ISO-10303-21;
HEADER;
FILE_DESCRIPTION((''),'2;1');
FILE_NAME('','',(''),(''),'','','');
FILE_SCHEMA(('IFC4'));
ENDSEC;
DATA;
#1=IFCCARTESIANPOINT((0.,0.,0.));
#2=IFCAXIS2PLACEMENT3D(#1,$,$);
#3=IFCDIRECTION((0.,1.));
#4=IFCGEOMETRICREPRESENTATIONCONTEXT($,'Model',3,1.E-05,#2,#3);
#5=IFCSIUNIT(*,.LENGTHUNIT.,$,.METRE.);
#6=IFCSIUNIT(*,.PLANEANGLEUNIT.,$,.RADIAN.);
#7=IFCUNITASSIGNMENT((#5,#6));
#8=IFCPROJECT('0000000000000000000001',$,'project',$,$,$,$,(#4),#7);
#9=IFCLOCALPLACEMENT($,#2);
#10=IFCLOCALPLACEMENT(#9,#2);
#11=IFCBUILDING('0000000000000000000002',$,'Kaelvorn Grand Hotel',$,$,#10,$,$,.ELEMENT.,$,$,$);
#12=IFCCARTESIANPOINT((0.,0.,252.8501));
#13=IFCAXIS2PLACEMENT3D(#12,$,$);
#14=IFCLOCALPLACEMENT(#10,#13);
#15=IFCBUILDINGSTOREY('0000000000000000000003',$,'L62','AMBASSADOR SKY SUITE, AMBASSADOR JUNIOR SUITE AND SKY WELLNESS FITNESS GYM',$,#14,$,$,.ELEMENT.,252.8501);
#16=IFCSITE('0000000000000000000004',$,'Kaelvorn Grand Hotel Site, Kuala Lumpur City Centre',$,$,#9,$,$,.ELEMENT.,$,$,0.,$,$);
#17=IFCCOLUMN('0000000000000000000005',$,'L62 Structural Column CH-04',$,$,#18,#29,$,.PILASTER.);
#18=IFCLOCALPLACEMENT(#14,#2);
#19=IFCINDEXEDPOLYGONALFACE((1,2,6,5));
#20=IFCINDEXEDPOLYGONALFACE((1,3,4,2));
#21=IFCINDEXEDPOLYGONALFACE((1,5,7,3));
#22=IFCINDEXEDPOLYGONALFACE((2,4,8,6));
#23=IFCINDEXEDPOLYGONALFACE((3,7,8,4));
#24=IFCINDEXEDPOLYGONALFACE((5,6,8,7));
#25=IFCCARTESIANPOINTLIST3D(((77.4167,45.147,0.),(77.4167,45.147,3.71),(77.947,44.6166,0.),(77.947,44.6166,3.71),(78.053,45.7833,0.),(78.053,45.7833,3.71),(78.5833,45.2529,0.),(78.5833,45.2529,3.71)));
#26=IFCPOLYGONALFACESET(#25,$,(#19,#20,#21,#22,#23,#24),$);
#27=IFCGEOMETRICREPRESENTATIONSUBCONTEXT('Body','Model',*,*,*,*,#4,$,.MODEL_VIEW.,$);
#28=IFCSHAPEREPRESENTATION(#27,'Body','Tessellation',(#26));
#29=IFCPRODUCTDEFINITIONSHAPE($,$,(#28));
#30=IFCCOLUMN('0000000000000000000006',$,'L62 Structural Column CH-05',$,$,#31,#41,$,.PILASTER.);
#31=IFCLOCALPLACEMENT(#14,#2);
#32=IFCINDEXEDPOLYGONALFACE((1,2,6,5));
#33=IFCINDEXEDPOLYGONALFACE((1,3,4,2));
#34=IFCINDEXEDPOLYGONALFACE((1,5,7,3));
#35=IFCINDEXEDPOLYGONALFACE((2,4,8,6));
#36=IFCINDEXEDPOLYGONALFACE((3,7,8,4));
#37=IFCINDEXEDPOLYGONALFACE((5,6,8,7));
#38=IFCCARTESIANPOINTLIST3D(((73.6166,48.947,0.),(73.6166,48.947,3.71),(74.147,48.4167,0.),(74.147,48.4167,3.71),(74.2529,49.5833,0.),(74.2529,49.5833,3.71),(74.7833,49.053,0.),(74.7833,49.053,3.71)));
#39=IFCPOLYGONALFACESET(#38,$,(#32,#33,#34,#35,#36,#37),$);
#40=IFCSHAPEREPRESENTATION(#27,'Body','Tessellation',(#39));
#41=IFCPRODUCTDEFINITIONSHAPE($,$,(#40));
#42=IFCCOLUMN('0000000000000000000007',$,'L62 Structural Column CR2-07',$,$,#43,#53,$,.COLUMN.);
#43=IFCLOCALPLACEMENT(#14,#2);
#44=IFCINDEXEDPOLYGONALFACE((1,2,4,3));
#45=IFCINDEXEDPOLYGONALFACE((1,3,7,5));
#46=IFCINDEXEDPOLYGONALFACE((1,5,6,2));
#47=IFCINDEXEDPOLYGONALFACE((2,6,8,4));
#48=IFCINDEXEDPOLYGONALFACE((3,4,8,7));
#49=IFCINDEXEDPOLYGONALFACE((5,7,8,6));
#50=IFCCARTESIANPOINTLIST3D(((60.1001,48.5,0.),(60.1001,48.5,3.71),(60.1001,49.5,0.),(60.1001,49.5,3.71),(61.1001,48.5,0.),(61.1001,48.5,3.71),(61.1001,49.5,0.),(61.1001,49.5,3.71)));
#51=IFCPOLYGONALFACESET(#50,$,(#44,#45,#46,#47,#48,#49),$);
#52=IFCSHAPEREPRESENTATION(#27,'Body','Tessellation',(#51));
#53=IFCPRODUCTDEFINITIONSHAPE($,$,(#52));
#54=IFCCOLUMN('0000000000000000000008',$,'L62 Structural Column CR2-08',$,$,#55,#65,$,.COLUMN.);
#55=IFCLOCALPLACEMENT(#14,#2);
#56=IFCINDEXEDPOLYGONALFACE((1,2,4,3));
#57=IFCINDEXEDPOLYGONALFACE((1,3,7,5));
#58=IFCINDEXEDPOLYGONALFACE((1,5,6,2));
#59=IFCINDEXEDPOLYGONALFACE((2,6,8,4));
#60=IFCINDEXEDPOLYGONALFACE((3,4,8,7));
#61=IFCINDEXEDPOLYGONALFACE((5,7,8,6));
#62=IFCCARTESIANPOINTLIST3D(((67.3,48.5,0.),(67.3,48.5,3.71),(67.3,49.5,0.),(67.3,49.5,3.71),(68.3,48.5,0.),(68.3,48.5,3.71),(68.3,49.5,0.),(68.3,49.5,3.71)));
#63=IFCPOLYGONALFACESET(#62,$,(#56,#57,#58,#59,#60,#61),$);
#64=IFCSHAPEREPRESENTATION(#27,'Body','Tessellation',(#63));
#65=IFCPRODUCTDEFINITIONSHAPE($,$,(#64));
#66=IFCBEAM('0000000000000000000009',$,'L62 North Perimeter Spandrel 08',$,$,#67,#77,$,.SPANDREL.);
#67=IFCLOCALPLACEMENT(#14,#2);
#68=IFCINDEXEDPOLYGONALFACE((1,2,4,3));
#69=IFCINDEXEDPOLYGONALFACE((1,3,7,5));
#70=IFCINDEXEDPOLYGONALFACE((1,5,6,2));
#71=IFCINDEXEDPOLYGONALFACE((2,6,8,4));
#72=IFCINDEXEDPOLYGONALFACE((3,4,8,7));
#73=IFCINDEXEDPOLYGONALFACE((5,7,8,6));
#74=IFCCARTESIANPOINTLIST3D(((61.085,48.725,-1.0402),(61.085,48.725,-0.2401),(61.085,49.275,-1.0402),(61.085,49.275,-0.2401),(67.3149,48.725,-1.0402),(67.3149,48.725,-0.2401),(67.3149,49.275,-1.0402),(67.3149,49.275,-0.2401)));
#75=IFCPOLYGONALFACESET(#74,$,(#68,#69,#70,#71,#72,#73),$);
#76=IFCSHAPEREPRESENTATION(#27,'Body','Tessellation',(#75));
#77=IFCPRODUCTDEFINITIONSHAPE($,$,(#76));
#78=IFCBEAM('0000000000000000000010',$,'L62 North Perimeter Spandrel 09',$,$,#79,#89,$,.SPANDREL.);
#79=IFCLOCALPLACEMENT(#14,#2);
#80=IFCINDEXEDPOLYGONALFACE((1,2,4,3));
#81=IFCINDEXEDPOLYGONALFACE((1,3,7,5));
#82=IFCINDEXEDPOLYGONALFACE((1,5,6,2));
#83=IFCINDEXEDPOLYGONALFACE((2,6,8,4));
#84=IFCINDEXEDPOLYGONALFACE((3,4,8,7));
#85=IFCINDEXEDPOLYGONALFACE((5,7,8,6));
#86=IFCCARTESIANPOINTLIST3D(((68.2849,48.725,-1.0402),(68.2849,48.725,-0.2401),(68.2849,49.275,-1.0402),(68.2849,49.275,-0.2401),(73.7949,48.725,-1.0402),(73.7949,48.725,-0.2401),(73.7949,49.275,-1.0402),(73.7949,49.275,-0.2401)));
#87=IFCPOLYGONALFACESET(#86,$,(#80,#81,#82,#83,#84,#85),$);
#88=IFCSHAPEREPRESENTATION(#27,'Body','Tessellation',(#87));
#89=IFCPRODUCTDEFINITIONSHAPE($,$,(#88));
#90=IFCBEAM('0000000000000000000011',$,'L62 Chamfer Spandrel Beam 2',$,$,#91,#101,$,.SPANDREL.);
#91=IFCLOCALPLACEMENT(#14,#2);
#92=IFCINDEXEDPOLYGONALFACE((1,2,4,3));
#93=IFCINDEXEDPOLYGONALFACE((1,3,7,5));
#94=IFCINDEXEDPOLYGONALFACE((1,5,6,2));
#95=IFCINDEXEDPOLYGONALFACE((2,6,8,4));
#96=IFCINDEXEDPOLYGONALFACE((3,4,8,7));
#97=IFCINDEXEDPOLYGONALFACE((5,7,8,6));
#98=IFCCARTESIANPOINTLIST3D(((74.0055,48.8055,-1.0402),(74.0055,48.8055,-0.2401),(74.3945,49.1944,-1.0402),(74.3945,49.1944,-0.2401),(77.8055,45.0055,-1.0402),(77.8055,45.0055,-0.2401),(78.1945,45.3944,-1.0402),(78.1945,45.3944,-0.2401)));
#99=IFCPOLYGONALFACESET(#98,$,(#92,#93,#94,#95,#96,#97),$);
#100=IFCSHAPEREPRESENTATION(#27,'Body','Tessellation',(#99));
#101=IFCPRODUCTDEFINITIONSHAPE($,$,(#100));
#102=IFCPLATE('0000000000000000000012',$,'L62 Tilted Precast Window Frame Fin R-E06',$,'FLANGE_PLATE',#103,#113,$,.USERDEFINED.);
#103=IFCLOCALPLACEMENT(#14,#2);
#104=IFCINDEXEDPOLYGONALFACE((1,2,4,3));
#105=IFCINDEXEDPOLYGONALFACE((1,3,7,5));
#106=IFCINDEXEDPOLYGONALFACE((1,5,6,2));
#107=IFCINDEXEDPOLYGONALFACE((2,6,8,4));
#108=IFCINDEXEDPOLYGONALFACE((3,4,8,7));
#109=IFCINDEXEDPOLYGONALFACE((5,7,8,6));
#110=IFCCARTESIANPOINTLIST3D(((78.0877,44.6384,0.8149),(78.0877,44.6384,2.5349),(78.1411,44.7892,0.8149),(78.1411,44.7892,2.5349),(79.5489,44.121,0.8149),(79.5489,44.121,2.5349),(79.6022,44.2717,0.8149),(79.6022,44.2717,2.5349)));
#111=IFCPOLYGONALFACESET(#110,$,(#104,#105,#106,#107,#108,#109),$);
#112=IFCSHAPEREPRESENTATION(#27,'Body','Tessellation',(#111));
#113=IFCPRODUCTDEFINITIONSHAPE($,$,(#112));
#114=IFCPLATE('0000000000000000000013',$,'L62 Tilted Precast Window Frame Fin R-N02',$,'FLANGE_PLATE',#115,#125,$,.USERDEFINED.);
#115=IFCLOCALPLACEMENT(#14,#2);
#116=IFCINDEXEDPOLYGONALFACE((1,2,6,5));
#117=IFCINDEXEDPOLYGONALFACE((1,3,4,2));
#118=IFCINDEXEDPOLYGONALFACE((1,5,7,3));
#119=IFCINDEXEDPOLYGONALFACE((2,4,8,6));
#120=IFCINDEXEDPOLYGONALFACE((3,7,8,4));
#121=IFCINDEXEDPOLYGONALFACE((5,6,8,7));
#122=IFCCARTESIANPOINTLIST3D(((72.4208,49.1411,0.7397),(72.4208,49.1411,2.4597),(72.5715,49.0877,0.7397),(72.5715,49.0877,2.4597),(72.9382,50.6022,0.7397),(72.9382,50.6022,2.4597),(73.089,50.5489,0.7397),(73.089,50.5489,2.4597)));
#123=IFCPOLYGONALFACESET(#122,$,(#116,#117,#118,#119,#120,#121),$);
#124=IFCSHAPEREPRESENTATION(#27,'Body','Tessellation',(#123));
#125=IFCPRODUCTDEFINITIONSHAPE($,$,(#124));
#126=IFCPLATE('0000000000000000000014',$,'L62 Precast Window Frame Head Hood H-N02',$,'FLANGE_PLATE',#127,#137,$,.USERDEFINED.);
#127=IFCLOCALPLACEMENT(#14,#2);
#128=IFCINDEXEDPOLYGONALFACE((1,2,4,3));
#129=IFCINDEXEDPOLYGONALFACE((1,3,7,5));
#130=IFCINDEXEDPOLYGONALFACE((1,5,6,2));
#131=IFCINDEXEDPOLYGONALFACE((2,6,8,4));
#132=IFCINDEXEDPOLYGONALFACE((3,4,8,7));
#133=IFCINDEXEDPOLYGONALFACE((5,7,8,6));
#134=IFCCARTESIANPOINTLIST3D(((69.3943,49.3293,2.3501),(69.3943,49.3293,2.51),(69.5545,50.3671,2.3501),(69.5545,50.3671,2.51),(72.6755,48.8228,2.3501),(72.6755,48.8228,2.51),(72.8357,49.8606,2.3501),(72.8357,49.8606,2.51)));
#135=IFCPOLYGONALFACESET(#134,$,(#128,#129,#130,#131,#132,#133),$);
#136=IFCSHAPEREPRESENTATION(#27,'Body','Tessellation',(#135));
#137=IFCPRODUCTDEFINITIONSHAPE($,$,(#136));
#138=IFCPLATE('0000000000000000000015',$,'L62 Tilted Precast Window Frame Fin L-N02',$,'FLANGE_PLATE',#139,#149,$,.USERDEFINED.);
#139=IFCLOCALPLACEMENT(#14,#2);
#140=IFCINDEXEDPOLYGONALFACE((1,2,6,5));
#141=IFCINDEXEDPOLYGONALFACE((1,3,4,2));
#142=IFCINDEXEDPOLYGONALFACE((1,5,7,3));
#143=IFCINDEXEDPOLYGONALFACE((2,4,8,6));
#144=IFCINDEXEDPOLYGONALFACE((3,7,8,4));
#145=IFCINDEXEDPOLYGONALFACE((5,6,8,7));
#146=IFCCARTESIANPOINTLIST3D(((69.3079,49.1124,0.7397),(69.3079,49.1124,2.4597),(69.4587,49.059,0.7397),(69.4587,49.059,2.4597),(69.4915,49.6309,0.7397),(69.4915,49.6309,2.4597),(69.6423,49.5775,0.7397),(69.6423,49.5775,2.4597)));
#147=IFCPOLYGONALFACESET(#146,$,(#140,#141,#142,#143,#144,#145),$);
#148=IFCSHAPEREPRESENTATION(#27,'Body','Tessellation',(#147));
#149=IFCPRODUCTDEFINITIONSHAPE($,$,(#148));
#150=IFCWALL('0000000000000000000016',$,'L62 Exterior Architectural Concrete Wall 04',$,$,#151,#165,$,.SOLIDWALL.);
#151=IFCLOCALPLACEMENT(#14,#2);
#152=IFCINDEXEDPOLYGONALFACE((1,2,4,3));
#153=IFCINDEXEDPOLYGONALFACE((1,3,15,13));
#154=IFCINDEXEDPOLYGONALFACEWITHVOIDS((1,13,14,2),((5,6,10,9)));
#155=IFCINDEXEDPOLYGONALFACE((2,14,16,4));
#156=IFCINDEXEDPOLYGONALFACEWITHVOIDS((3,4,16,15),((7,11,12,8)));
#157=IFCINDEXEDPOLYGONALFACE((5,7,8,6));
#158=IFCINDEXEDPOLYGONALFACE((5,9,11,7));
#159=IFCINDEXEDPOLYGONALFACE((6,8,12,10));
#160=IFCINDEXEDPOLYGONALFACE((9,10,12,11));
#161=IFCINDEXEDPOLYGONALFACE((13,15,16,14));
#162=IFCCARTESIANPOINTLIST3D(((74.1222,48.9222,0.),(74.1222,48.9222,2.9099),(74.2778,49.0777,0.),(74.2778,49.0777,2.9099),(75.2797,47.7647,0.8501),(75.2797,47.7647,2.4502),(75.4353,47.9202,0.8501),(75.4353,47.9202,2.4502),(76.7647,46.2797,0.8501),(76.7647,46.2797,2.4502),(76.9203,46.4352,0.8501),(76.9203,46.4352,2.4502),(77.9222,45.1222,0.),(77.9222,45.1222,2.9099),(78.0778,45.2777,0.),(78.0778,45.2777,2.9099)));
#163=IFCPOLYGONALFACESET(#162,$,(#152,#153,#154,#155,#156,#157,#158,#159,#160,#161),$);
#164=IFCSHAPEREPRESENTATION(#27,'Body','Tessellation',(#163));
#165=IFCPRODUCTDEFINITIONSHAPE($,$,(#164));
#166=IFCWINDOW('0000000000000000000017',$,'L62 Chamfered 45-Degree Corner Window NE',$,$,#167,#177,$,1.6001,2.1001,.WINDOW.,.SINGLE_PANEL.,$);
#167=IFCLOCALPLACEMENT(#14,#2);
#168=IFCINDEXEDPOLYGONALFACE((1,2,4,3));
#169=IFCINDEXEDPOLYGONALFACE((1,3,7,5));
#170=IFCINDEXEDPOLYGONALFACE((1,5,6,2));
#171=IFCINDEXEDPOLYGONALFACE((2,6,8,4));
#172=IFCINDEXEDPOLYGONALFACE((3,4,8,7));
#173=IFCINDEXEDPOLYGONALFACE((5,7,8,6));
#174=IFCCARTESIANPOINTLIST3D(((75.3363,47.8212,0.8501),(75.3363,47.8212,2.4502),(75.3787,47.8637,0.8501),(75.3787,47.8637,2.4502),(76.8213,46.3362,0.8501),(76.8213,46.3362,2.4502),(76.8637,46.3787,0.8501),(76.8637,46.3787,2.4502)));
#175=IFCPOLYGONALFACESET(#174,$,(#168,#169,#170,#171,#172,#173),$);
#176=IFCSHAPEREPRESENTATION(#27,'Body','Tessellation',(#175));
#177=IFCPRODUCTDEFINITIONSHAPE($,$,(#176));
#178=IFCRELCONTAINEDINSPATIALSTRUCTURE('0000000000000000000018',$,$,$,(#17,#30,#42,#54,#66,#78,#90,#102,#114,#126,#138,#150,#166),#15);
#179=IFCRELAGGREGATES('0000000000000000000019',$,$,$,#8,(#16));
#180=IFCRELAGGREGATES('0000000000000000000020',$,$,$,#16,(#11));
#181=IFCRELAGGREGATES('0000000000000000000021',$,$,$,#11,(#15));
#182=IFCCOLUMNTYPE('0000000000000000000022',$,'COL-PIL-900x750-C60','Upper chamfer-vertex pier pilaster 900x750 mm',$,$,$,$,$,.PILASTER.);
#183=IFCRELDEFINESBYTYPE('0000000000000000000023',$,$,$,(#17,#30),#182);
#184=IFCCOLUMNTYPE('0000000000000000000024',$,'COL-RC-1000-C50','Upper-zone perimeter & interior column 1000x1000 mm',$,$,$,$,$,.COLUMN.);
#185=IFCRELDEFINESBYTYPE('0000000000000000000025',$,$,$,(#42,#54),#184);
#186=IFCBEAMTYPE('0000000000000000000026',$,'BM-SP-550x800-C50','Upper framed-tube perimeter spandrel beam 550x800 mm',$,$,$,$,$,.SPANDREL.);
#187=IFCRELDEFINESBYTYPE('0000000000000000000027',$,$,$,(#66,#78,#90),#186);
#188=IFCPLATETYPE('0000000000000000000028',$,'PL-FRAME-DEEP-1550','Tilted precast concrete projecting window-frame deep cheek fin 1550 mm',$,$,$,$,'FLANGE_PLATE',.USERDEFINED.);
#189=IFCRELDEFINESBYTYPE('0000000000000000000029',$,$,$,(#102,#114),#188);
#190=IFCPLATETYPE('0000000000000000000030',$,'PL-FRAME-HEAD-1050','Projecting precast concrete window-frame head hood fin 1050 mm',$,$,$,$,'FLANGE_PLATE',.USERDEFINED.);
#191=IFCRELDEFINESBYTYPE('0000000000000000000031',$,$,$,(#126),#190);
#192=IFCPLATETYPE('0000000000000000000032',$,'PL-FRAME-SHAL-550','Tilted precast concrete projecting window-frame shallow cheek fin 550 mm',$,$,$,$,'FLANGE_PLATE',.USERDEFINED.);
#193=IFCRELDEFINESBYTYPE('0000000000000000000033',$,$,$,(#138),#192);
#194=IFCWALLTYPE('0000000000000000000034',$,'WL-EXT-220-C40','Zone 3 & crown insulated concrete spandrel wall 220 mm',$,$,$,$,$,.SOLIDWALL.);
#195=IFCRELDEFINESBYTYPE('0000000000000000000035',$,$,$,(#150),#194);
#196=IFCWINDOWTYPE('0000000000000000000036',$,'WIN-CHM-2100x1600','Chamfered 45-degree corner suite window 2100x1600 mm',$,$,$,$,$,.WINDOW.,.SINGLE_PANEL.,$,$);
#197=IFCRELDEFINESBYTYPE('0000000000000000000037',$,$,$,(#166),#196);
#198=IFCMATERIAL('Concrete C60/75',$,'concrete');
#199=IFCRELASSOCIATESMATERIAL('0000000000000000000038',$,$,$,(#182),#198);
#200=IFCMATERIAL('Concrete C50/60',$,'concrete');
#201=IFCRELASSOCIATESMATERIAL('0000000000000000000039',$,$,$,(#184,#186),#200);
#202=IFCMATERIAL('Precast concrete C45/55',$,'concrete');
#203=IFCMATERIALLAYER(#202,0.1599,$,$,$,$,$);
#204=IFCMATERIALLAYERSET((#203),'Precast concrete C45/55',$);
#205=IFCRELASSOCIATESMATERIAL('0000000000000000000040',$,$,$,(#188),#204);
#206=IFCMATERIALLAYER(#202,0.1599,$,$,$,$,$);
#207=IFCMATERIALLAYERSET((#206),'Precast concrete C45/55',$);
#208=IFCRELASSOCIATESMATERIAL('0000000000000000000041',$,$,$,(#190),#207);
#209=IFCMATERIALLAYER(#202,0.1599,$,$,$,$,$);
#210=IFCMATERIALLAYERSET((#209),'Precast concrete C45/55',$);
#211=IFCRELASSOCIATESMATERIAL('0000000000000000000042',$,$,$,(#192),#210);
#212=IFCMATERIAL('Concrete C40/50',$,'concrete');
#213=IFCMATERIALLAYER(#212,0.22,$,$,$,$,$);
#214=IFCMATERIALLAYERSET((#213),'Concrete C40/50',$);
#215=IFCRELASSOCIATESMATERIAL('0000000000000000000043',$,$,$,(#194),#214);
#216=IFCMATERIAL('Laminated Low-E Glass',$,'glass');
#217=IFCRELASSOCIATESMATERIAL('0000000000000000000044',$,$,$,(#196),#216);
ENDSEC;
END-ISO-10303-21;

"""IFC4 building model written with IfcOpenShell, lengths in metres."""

from ifc_helpers import new_model, si_unit, direction, frame, frame_2d, origin, origin_2d, place, context, subcontext, project, spatial, rectangle, extrude, material, layer, layer_set, material_profile, profile_set, type_object, element, fill, save


model = new_model("IFC4")

# Units and contexts
model_context = context("Model", 3, precision=1e-05, world=origin(), true_north=direction((0.0, 1.0)))
body_context = subcontext(model_context, "Body", "Model", "MODEL_VIEW")
ifc_project = project(units=[si_unit("LENGTHUNIT", "METRE"), si_unit("PLANEANGLEUNIT", "RADIAN")], contexts=[model_context])

# Site, building, storey
site_placement = place(None, origin())
site = spatial("IfcSite", under=ifc_project, at=site_placement, Name="Kaelvorn Grand Hotel Site, Kuala Lumpur City Centre", CompositionType="ELEMENT", RefElevation=0.0)
building_placement = place(site_placement, origin())
building = spatial("IfcBuilding", under=site, at=building_placement, Name="Kaelvorn Grand Hotel", CompositionType="ELEMENT")
storey_placement = place(building_placement, frame((0.0, 0.0, 252.8501)))
storey = spatial("IfcBuildingStorey", under=building, at=storey_placement, Name="L62", Description="AMBASSADOR SKY SUITE, AMBASSADOR JUNIOR SUITE AND SKY WELLNESS FITNESS GYM", CompositionType="ELEMENT", Elevation=252.8501)

# Columns
ifc_material_1 = material(Name="Concrete C60/75", Category="concrete")
ifc_material_profile_1 = material_profile(ifc_material_1, rectangle(XDim=0.8999, YDim=0.75, at=origin_2d()), Name="RC PILASTER 900x750")
ifc_profile_set_1 = profile_set([ifc_material_profile_1], Name="Concrete C60/75")
column_type_1 = type_object("IfcColumnType", Name="COL-PIL-900x750-C60", Description="Upper chamfer-vertex pier pilaster 900x750 mm", PredefinedType="PILASTER", material=ifc_profile_set_1)
for number, where, z_axis, x_axis, name in (
    (1, (78.0, 45.2, 0.0), (0.0, 0.0, 1.0), (0.707107, 0.707107, 0.0), "L62 Structural Column CH-04"),
    (2, (74.2, 49.0, 0.0), (0.0, 0.0, 1.0), (0.707107, 0.707107, 0.0), "L62 Structural Column CH-05"),
):
    element("IfcColumn", number, at=place(storey_placement, frame(where, z_axis=z_axis, x_axis=x_axis)), inside=storey, type_object=column_type_1, Name=name, PredefinedType="PILASTER", context=body_context, shape_type="SweptSolid", body=[
        extrude(rectangle(XDim=0.8999, YDim=0.75, at=origin_2d()), origin(), (0.0, 0.0, 1.0), 3.71),
    ])
ifc_material_2 = material(Name="Concrete C50/60", Category="concrete")
ifc_material_profile_2 = material_profile(ifc_material_2, rectangle(XDim=1.0, YDim=1.0, at=origin_2d()), Name="RC COL 1000x1000")
ifc_profile_set_2 = profile_set([ifc_material_profile_2], Name="Concrete C50/60")
column_type_2 = type_object("IfcColumnType", Name="COL-RC-1000-C50", Description="Upper-zone perimeter & interior column 1000x1000 mm", PredefinedType="COLUMN", material=ifc_profile_set_2)
for number, where, z_axis, x_axis, name in (
    (3, (60.6001, 49.0, 0.0), (0.0, 0.0, 1.0), (1.0, 0.0, 0.0), "L62 Structural Column CR2-07"),
    (4, (67.8, 49.0, 0.0), (0.0, 0.0, 1.0), (1.0, 0.0, 0.0), "L62 Structural Column CR2-08"),
):
    element("IfcColumn", number, at=place(storey_placement, frame(where, z_axis=z_axis, x_axis=x_axis)), inside=storey, type_object=column_type_2, Name=name, PredefinedType="COLUMN", context=body_context, shape_type="SweptSolid", body=[
        extrude(rectangle(XDim=1.0, YDim=1.0, at=origin_2d()), origin(), (0.0, 0.0, 1.0), 3.71),
    ])

# Beams
ifc_material_profile_3 = material_profile(ifc_material_2, rectangle(XDim=0.55, YDim=0.8, at=origin_2d()), Name="RC SPANDREL 550x800")
ifc_profile_set_3 = profile_set([ifc_material_profile_3], Name="Concrete C50/60")
beam_type = type_object("IfcBeamType", Name="BM-SP-550x800-C50", Description="Upper framed-tube perimeter spandrel beam 550x800 mm", PredefinedType="SPANDREL", material=ifc_profile_set_3)
beam_1_placement = place(storey_placement, frame((61.085, 49.0, -0.6401), z_axis=(1.0, 0.0, 0.0), x_axis=(0.0, 1.0, 0.0)))
element("IfcBeam", 5, at=beam_1_placement, inside=storey, type_object=beam_type, Name="L62 North Perimeter Spandrel 08", PredefinedType="SPANDREL", context=body_context, shape_type="SweptSolid", body=[
    extrude(rectangle(XDim=0.55, YDim=0.8, at=origin_2d()), origin(), (0.0, 0.0, 1.0), 6.23),
])
beam_2_placement = place(storey_placement, frame((68.2849, 49.0, -0.6401), z_axis=(1.0, 0.0, 0.0), x_axis=(0.0, 1.0, 0.0)))
element("IfcBeam", 6, at=beam_2_placement, inside=storey, type_object=beam_type, Name="L62 North Perimeter Spandrel 09", PredefinedType="SPANDREL", context=body_context, shape_type="SweptSolid", body=[
    extrude(rectangle(XDim=0.55, YDim=0.8, at=origin_2d()), origin(), (0.0, 0.0, 1.0), 5.51),
])
beam_3_placement = place(storey_placement, frame((78.0, 45.2, -0.6401), z_axis=(-0.707107, 0.707107, 0.0), x_axis=(-0.707107, -0.707107, 0.0)))
element("IfcBeam", 7, at=beam_3_placement, inside=storey, type_object=beam_type, Name="L62 Chamfer Spandrel Beam 2", PredefinedType="SPANDREL", context=body_context, shape_type="SweptSolid", body=[
    extrude(rectangle(XDim=0.55, YDim=0.8, at=origin_2d()), origin(), (0.0, 0.0, 1.0), 5.374),
])

# Plates
ifc_material_3 = material(Name="Precast concrete C45/55", Category="concrete")
ifc_layer_1 = layer(ifc_material_3, 0.1599)
ifc_layer_set_1 = layer_set([ifc_layer_1], Name="Precast concrete C45/55")
plate_type_1 = type_object("IfcPlateType", Name="PL-FRAME-DEEP-1550", Description="Tilted precast concrete projecting window-frame deep cheek fin 1550 mm", ElementType="FLANGE_PLATE", PredefinedType="USERDEFINED", material=ifc_layer_set_1)
for number, where, z_axis, x_axis, name in (
    (8, (78.845, 44.4551, 0.8149), (0.0, 0.0, 1.0), (0.333807, 0.942641, 0.0), "L62 Tilted Precast Window Frame Fin R-E06"),
    (9, (72.7549, 49.845, 0.7397), (0.0, 0.0, 1.0), (0.942641, -0.333807, 0.0), "L62 Tilted Precast Window Frame Fin R-N02"),
):
    element("IfcPlate", number, at=place(storey_placement, frame(where, z_axis=z_axis, x_axis=x_axis)), inside=storey, type_object=plate_type_1, Name=name, ObjectType="FLANGE_PLATE", PredefinedType="USERDEFINED", context=body_context, shape_type="SweptSolid", body=[
        extrude(rectangle(XDim=0.1599, YDim=1.55, at=origin_2d()), origin(), (0.0, 0.0, 1.0), 1.72),
    ])
ifc_layer_2 = layer(ifc_material_3, 0.1599)
ifc_layer_set_2 = layer_set([ifc_layer_2], Name="Precast concrete C45/55")
plate_type_2 = type_object("IfcPlateType", Name="PL-FRAME-HEAD-1050", Description="Projecting precast concrete window-frame head hood fin 1050 mm", ElementType="FLANGE_PLATE", PredefinedType="USERDEFINED", material=ifc_layer_set_2)
plate_1_placement = place(storey_placement, frame((71.115, 49.595, 2.3501), z_axis=(0.0, 0.0, 1.0), x_axis=(0.988295, -0.152555, 0.0)))
element("IfcPlate", 10, at=plate_1_placement, inside=storey, type_object=plate_type_2, Name="L62 Precast Window Frame Head Hood H-N02", ObjectType="FLANGE_PLATE", PredefinedType="USERDEFINED", context=body_context, shape_type="SweptSolid", body=[
    extrude(rectangle(XDim=3.3201, YDim=1.05, at=origin_2d()), origin(), (0.0, 0.0, 1.0), 0.1599),
])
ifc_layer_3 = layer(ifc_material_3, 0.1599)
ifc_layer_set_3 = layer_set([ifc_layer_3], Name="Precast concrete C45/55")
plate_type_3 = type_object("IfcPlateType", Name="PL-FRAME-SHAL-550", Description="Tilted precast concrete projecting window-frame shallow cheek fin 550 mm", ElementType="FLANGE_PLATE", PredefinedType="USERDEFINED", material=ifc_layer_set_3)
plate_2_placement = place(storey_placement, frame((69.4751, 49.345, 0.7397), z_axis=(0.0, 0.0, 1.0), x_axis=(0.942641, -0.333807, 0.0)))
element("IfcPlate", 11, at=plate_2_placement, inside=storey, type_object=plate_type_3, Name="L62 Tilted Precast Window Frame Fin L-N02", ObjectType="FLANGE_PLATE", PredefinedType="USERDEFINED", context=body_context, shape_type="SweptSolid", body=[
    extrude(rectangle(XDim=0.1599, YDim=0.55, at=origin_2d()), origin(), (0.0, 0.0, 1.0), 1.72),
])

# Wall, opening, window
ifc_material_4 = material(Name="Concrete C40/50", Category="concrete")
ifc_layer_4 = layer(ifc_material_4, 0.22)
ifc_layer_set_4 = layer_set([ifc_layer_4], Name="Concrete C40/50")
wall_type_1 = type_object("IfcWallType", Name="WL-EXT-220-C40", Description="Zone 3 & crown insulated concrete spandrel wall 220 mm", PredefinedType="SOLIDWALL", material=ifc_layer_set_4)
wall_1_placement = place(storey_placement, frame((78.0, 45.2, 0.0), z_axis=(0.0, 0.0, 1.0), x_axis=(-0.707107, 0.707107, 0.0)))
wall_1 = element("IfcWall", 12, at=wall_1_placement, inside=storey, type_object=wall_type_1, Name="L62 Exterior Architectural Concrete Wall 04", PredefinedType="SOLIDWALL", context=body_context, shape_type="SweptSolid", body=[
    extrude(rectangle(XDim=5.374, YDim=0.22, at=frame_2d((2.687, 0.0))), origin(), (0.0, 0.0, 1.0), 2.9099),
])
opening_1_placement = place(wall_1_placement, frame((1.637, 0.0, 0.8501)))
opening_1 = element("IfcOpeningElement", 13, at=opening_1_placement, cuts=wall_1, PredefinedType="OPENING", context=body_context, shape_type="SweptSolid", body=[
    extrude(rectangle(XDim=2.1001, YDim=1.6001, at=frame_2d((1.05, 0.8))), frame((0.0, 0.1201, 0.0), z_axis=(0.0, -1.0, 0.0), x_axis=(1.0, 0.0, 0.0)), (0.0, 0.0, 1.0), 0.24),
])
ifc_material_5 = material(Name="Laminated Low-E Glass", Category="glass")
window_type_1 = type_object("IfcWindowType", Name="WIN-CHM-2100x1600", Description="Chamfered 45-degree corner suite window 2100x1600 mm", PartitioningType="SINGLE_PANEL", PredefinedType="WINDOW", material=ifc_material_5)
window_1_placement = place(opening_1_placement, origin())
window_1 = element("IfcWindow", 14, at=window_1_placement, inside=storey, type_object=window_type_1, Name="L62 Chamfered 45-Degree Corner Window NE", OverallHeight=1.6001, OverallWidth=2.1001, PartitioningType="SINGLE_PANEL", PredefinedType="WINDOW", context=body_context, shape_type="SweptSolid", body=[
    extrude(rectangle(XDim=2.1001, YDim=1.6001, at=frame_2d((1.05, 0.8))), frame((0.0, 0.03, 0.0), z_axis=(0.0, -1.0, 0.0), x_axis=(1.0, 0.0, 0.0)), (0.0, 0.0, 1.0), 0.0601),
])
fill(opening_1, window_1)

save(model, "model.ifc")
